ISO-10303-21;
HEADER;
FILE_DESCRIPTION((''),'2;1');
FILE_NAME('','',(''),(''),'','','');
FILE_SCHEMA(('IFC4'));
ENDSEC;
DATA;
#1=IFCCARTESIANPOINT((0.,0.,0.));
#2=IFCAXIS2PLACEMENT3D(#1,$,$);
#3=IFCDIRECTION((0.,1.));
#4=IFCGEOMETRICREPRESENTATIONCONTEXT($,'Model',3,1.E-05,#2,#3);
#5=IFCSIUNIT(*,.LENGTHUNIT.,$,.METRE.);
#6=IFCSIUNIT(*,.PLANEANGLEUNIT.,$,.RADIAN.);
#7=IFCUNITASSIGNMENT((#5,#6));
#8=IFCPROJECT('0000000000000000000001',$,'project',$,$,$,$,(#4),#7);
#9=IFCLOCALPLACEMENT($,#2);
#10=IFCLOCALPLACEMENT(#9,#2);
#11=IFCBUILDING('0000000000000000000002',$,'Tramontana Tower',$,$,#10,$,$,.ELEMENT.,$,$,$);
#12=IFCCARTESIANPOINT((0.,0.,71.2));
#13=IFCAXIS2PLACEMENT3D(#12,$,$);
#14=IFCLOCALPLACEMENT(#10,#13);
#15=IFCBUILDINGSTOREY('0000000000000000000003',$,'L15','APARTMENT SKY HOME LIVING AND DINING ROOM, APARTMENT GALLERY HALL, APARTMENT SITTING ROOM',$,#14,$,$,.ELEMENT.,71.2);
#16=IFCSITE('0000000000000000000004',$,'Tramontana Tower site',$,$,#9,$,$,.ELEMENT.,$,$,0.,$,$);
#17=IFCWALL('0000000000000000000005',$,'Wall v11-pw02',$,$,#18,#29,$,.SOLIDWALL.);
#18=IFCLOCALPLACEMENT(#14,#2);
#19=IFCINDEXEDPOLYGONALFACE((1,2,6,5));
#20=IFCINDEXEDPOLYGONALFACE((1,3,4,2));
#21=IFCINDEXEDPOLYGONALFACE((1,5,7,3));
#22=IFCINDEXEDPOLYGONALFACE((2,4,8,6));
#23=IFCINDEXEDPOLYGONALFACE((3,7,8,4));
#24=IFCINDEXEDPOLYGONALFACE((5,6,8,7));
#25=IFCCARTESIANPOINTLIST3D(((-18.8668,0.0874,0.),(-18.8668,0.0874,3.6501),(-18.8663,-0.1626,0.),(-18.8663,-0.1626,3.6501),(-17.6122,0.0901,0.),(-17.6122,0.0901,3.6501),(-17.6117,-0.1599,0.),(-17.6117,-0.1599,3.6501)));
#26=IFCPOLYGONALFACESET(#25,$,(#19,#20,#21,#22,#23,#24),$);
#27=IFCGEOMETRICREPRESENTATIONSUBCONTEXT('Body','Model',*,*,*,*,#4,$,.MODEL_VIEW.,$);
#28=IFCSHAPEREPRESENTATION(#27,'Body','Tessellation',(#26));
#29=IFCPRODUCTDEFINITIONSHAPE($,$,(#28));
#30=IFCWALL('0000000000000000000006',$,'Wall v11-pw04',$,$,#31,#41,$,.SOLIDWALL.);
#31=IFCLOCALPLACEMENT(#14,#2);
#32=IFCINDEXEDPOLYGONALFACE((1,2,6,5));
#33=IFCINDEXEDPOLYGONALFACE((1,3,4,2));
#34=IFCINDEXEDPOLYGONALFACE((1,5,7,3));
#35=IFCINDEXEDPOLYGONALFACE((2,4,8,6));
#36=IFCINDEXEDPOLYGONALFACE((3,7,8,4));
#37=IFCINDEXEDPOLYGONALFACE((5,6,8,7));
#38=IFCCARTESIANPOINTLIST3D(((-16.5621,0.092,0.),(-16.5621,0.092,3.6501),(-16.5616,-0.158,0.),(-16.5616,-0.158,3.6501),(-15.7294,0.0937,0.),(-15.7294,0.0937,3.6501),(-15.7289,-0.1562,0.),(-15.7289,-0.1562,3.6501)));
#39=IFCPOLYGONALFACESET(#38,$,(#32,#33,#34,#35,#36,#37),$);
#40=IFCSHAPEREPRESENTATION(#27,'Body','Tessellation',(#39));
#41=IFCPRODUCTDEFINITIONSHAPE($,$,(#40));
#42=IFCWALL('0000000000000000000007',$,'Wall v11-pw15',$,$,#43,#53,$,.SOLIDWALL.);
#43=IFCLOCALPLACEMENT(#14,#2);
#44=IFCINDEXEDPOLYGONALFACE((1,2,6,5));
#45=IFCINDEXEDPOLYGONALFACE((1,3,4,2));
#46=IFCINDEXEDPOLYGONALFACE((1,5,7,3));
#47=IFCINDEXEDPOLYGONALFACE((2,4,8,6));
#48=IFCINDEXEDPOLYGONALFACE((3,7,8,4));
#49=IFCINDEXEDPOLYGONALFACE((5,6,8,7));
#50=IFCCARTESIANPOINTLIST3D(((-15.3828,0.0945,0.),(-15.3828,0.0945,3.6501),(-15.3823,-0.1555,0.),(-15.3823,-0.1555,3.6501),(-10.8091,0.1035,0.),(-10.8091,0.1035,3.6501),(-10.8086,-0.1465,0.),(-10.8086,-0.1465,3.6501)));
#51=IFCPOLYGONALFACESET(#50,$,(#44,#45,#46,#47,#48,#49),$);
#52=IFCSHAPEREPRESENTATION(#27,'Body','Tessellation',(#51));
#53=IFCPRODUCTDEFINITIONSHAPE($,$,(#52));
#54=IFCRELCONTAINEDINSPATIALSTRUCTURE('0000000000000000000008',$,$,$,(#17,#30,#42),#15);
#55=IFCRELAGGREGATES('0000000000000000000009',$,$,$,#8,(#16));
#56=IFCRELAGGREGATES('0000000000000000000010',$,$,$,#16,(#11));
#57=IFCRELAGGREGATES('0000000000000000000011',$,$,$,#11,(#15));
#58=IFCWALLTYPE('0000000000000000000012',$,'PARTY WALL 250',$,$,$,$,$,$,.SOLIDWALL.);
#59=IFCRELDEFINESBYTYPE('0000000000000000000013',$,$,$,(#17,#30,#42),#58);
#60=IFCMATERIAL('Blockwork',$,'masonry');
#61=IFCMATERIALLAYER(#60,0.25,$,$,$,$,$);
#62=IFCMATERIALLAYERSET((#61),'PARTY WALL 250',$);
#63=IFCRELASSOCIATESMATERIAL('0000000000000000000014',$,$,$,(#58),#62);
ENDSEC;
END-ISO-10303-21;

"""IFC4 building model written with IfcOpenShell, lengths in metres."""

from ifc_helpers import new_model, si_unit, direction, frame, frame_2d, origin, place, context, subcontext, project, spatial, rectangle, extrude, material, layer, layer_set, type_object, element, save


model = new_model("IFC4")

# Units and contexts
model_context = context("Model", 3, precision=1e-05, world=origin(), true_north=direction((0.0, 1.0)))
body_context = subcontext(model_context, "Body", "Model", "MODEL_VIEW")
ifc_project = project(units=[si_unit("LENGTHUNIT", "METRE"), si_unit("PLANEANGLEUNIT", "RADIAN")], contexts=[model_context])

# Site, building, storey
site_placement = place(None, origin())
site = spatial("IfcSite", under=ifc_project, at=site_placement, Name="Tramontana Tower site", CompositionType="ELEMENT", RefElevation=0.0)
building_placement = place(site_placement, origin())
building = spatial("IfcBuilding", under=site, at=building_placement, Name="Tramontana Tower", CompositionType="ELEMENT")
storey_placement = place(building_placement, frame((0.0, 0.0, 71.2)))
storey = spatial("IfcBuildingStorey", under=building, at=storey_placement, Name="L15", Description="APARTMENT SKY HOME LIVING AND DINING ROOM, APARTMENT GALLERY HALL, APARTMENT SITTING ROOM", CompositionType="ELEMENT", Elevation=71.2)

# Walls
ifc_material_1 = material(Name="Blockwork", Category="masonry")
ifc_layer_1 = layer(ifc_material_1, 0.25)
ifc_layer_set_1 = layer_set([ifc_layer_1], Name="PARTY WALL 250")
wall_type_1 = type_object("IfcWallType", Name="PARTY WALL 250", PredefinedType="SOLIDWALL", material=ifc_layer_set_1)
wall_1_placement = place(storey_placement, frame((-17.6118, -0.0349, 0.0), z_axis=(0.0, 0.0, 1.0), x_axis=(-0.999998, -0.00214, 0.0)))
element("IfcWall", 1, at=wall_1_placement, inside=storey, type_object=wall_type_1, Name="Wall v11-pw02", PredefinedType="SOLIDWALL", context=body_context, shape_type="SweptSolid", body=[
    extrude(rectangle(XDim=1.2546, YDim=0.25, at=frame_2d((0.6274, 0.0))), origin(), (0.0, 0.0, 1.0), 3.6501),
])
wall_2_placement = place(storey_placement, frame((-15.729, -0.0312, 0.0), z_axis=(0.0, 0.0, 1.0), x_axis=(-0.999998, -0.002052, 0.0)))
element("IfcWall", 2, at=wall_2_placement, inside=storey, type_object=wall_type_1, Name="Wall v11-pw04", PredefinedType="SOLIDWALL", context=body_context, shape_type="SweptSolid", body=[
    extrude(rectangle(XDim=0.8328, YDim=0.25, at=frame_2d((0.4165, 0.0))), origin(), (0.0, 0.0, 1.0), 3.6501),
])
wall_3_placement = place(storey_placement, frame((-10.8088, -0.0215, 0.0), z_axis=(0.0, 0.0, 1.0), x_axis=(-0.999998, -0.001975, 0.0)))
element("IfcWall", 3, at=wall_3_placement, inside=storey, type_object=wall_type_1, Name="Wall v11-pw15", PredefinedType="SOLIDWALL", context=body_context, shape_type="SweptSolid", body=[
    extrude(rectangle(XDim=4.5737, YDim=0.25, at=frame_2d((2.2869, 0.0))), origin(), (0.0, 0.0, 1.0), 3.6501),
])

save(model, "model.ifc")
